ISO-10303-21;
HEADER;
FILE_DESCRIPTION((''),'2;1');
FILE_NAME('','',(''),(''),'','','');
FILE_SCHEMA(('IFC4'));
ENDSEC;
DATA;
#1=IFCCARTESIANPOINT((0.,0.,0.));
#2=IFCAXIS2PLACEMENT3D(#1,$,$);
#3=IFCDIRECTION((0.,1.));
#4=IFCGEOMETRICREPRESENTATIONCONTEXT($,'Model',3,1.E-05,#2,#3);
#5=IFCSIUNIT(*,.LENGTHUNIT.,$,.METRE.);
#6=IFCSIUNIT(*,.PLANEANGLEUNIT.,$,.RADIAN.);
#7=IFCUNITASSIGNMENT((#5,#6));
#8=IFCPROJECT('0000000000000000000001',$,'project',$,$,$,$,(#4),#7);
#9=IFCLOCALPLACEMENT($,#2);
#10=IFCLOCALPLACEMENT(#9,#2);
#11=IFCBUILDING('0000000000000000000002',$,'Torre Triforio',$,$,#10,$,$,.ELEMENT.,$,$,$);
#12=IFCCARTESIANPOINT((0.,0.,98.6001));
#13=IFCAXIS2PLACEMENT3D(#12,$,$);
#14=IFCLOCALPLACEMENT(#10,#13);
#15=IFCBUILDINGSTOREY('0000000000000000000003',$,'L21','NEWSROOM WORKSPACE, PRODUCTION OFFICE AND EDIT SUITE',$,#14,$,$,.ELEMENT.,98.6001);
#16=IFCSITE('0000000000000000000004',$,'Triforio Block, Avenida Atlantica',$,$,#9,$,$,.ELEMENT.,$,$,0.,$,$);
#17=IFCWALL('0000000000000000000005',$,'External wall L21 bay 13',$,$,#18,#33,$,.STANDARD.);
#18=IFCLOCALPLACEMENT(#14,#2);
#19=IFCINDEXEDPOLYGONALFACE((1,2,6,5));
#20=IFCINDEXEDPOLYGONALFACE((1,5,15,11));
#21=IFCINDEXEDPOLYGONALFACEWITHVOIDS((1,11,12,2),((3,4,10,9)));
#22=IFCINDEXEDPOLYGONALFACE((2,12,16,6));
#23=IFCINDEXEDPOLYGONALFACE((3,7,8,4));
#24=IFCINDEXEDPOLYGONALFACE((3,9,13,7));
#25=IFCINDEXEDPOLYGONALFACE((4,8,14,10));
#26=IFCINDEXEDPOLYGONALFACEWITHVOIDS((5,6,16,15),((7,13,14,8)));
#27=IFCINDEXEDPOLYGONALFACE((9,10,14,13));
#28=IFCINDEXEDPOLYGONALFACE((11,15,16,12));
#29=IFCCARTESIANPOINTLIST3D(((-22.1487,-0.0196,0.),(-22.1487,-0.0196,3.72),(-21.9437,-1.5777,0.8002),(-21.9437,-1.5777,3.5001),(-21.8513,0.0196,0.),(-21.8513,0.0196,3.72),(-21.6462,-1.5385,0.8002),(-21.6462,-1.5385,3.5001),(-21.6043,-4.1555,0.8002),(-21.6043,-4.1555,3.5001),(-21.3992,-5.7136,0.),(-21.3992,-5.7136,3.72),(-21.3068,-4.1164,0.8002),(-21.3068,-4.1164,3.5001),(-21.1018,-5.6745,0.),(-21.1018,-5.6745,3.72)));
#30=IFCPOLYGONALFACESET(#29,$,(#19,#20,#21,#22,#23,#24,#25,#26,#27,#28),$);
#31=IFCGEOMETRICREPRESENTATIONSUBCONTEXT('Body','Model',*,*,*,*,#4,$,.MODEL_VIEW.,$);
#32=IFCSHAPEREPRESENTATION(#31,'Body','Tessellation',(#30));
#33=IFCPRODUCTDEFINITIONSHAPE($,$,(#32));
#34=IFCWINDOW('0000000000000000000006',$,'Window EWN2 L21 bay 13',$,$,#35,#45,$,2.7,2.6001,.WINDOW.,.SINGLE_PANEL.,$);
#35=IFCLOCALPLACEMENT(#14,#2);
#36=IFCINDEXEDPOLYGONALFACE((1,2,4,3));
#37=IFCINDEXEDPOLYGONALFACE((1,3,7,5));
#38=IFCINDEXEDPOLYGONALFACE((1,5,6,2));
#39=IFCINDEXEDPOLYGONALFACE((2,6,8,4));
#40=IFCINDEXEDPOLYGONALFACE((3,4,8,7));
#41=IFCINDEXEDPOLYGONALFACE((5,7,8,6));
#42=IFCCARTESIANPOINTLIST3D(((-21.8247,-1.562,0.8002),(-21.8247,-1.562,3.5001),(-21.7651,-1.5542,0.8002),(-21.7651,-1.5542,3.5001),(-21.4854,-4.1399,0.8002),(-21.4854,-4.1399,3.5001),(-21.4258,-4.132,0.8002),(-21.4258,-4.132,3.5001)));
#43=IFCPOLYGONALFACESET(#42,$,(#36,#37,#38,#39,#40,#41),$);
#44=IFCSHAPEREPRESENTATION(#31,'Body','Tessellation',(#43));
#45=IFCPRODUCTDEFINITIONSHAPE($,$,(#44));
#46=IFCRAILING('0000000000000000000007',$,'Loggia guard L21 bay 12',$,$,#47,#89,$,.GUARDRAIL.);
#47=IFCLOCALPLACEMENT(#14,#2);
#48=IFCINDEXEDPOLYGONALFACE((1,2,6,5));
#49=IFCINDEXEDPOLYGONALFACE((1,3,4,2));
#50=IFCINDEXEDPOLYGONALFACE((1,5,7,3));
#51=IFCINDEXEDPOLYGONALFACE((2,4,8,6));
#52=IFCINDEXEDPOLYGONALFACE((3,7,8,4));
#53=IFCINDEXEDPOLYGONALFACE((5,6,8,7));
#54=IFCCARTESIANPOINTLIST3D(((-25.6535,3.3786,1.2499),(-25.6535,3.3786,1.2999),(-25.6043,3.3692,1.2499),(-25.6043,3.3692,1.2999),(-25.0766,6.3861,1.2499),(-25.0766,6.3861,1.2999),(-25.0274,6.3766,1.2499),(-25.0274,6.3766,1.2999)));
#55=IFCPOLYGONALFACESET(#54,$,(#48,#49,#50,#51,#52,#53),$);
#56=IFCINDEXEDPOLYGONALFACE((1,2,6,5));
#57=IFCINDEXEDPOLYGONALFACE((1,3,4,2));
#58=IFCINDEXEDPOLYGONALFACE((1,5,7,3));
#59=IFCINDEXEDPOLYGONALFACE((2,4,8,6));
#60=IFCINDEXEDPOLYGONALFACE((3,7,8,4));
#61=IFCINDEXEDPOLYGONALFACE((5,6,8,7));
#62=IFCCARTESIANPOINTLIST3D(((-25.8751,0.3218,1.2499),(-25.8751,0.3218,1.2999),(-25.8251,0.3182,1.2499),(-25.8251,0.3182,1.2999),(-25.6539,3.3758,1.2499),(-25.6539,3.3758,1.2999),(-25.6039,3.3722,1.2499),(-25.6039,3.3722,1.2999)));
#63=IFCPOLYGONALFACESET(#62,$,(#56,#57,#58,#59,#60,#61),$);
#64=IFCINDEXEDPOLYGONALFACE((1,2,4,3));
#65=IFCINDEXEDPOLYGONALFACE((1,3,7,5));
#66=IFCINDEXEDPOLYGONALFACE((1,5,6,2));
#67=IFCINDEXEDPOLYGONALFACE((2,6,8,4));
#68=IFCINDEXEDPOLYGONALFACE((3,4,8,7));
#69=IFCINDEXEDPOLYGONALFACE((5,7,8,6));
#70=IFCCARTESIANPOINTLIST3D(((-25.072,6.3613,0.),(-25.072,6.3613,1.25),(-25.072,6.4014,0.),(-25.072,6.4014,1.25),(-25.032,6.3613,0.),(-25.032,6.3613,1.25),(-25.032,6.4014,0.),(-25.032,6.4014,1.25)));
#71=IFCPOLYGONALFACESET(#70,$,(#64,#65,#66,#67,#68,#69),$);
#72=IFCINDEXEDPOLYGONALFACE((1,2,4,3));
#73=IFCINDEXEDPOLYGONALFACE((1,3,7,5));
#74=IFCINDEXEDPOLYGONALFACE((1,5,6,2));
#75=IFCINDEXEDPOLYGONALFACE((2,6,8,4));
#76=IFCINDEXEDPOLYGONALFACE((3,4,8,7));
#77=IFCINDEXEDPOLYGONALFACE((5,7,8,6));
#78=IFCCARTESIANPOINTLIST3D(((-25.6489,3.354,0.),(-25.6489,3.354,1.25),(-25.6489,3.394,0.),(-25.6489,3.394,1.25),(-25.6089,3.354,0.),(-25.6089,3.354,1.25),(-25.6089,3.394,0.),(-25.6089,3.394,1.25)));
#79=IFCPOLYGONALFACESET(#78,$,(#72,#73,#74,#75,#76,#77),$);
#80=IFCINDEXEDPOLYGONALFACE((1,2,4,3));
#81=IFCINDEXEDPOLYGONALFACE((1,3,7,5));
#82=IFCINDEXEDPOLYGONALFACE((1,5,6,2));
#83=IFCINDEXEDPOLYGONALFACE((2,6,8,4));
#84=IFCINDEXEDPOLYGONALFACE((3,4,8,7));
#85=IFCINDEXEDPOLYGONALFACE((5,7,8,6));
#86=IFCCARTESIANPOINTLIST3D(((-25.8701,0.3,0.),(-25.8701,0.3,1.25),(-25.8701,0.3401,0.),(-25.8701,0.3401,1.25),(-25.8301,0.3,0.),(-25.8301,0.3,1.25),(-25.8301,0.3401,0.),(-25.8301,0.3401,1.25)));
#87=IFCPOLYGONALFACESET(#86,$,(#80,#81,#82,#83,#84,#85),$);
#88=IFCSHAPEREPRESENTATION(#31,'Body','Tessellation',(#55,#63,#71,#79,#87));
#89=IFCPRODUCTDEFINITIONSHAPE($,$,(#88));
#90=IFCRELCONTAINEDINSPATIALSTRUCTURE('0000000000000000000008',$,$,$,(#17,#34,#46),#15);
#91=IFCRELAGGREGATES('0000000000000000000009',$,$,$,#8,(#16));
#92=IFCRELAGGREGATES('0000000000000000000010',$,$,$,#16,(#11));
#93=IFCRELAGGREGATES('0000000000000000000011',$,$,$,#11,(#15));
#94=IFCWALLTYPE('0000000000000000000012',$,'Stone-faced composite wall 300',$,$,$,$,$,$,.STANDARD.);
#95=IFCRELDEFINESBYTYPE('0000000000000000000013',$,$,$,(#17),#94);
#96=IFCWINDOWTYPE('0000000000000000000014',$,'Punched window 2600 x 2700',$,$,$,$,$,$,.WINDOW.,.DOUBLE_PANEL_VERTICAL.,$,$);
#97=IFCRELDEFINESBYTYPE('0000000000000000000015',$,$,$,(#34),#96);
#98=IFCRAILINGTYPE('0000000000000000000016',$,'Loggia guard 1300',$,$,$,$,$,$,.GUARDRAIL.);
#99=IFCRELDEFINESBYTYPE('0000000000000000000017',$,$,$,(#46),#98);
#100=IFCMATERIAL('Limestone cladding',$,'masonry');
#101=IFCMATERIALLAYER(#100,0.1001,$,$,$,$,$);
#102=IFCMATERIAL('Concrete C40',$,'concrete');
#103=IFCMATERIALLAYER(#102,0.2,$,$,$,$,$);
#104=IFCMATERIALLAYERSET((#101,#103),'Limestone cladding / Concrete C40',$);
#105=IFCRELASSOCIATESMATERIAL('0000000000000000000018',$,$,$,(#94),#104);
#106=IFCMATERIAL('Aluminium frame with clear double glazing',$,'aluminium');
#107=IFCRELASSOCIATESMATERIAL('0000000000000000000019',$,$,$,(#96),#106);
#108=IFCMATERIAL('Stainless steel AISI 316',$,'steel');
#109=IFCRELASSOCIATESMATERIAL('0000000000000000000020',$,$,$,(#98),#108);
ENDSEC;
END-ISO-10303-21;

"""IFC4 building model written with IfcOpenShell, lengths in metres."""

from ifc_helpers import new_model, si_unit, direction, frame, frame_2d, origin, origin_2d, place, context, subcontext, project, spatial, rectangle, extrude, material, layer, layer_set, type_object, element, fill, save


model = new_model("IFC4")

# Units and contexts
model_context = context("Model", 3, precision=1e-05, world=origin(), true_north=direction((0.0, 1.0)))
body_context = subcontext(model_context, "Body", "Model", "MODEL_VIEW")
ifc_project = project(units=[si_unit("LENGTHUNIT", "METRE"), si_unit("PLANEANGLEUNIT", "RADIAN")], contexts=[model_context])

# Site, building, storey
site_placement = place(None, origin())
site = spatial("IfcSite", under=ifc_project, at=site_placement, Name="Triforio Block, Avenida Atlantica", CompositionType="ELEMENT", RefElevation=0.0)
building_placement = place(site_placement, origin())
building = spatial("IfcBuilding", under=site, at=building_placement, Name="Torre Triforio", CompositionType="ELEMENT")
storey_placement = place(building_placement, frame((0.0, 0.0, 98.6001)))
storey = spatial("IfcBuildingStorey", under=building, at=storey_placement, Name="L21", Description="NEWSROOM WORKSPACE, PRODUCTION OFFICE AND EDIT SUITE", CompositionType="ELEMENT", Elevation=98.6001)

# Shared definitions
ifc_material_1 = material(Name="Limestone cladding", Category="masonry")
ifc_layer_1 = layer(ifc_material_1, 0.1001)
ifc_material_2 = material(Name="Concrete C40", Category="concrete")
ifc_layer_2 = layer(ifc_material_2, 0.2)
ifc_layer_set_1 = layer_set([ifc_layer_1, ifc_layer_2], Name="Limestone cladding / Concrete C40")
wall_type_1 = type_object("IfcWallType", Name="Stone-faced composite wall 300", PredefinedType="STANDARD", material=ifc_layer_set_1)
ifc_material_3 = material(Name="Aluminium frame with clear double glazing", Category="aluminium")

# Wall, opening, window
wall_1_placement = place(storey_placement, frame((-22.0, 0.0, 0.0), z_axis=(0.0, 0.0, 1.0), x_axis=(0.130504, -0.991448, 0.0)))
wall_1 = element("IfcWall", 1, at=wall_1_placement, inside=storey, type_object=wall_type_1, Name="External wall L21 bay 13", PredefinedType="STANDARD", context=body_context, shape_type="SweptSolid", body=[
    extrude(rectangle(XDim=5.7432, YDim=0.3, at=frame_2d((2.8716, 0.0))), origin(), (0.0, 0.0, 1.0), 3.72),
])
opening_1_placement = place(wall_1_placement, frame((1.5715, 0.0, 0.8)))
opening_1 = element("IfcOpeningElement", 2, at=opening_1_placement, cuts=wall_1, PredefinedType="OPENING", context=body_context, shape_type="SweptSolid", body=[
    extrude(rectangle(XDim=2.6001, YDim=2.7, at=frame_2d((1.3, 1.3501))), frame((0.0, 0.1599, 0.0), z_axis=(0.0, -1.0, 0.0), x_axis=(1.0, 0.0, 0.0)), (0.0, 0.0, 1.0), 0.3201),
])
window_type_1 = type_object("IfcWindowType", Name="Punched window 2600 x 2700", PartitioningType="DOUBLE_PANEL_VERTICAL", PredefinedType="WINDOW", material=ifc_material_3)
window_1_placement = place(opening_1_placement, origin())
window_1 = element("IfcWindow", 3, at=window_1_placement, inside=storey, type_object=window_type_1, Name="Window EWN2 L21 bay 13", OverallHeight=2.7, OverallWidth=2.6001, PartitioningType="SINGLE_PANEL", PredefinedType="WINDOW", context=body_context, shape_type="SweptSolid", body=[
    extrude(rectangle(XDim=2.6001, YDim=2.7, at=frame_2d((1.3, 1.3501))), frame((0.0, 0.03, 0.0), z_axis=(0.0, -1.0, 0.0), x_axis=(1.0, 0.0, 0.0)), (0.0, 0.0, 1.0), 0.0601),
])
fill(opening_1, window_1)

# Railing
ifc_material_4 = material(Name="Stainless steel AISI 316", Category="steel")
railing_type = type_object("IfcRailingType", Name="Loggia guard 1300", PredefinedType="GUARDRAIL", material=ifc_material_4)
railing_placement = place(storey_placement, frame((-25.052, 6.3813, 0.0)))
element("IfcRailing", 4, at=railing_placement, inside=storey, type_object=railing_type, Name="Loggia guard L21 bay 12", PredefinedType="GUARDRAIL", context=body_context, shape_type="SweptSolid", body=[
    extrude(rectangle(XDim=0.05, YDim=0.05, at=origin_2d()), frame((0.0, 0.0, 1.2749), z_axis=(-0.188398, -0.982093, 0.0), x_axis=(0.982093, -0.188398, 0.0)), (0.0, 0.0, 1.0), 3.0623),
    extrude(rectangle(XDim=0.05, YDim=0.05, at=origin_2d()), frame((-0.5769, -3.0073, 1.2749), z_axis=(-0.072239, -0.997387, 0.0), x_axis=(0.997387, -0.072239, 0.0)), (0.0, 0.0, 1.0), 3.062),
    extrude(rectangle(XDim=0.04, YDim=0.04, at=origin_2d()), origin(), (0.0, 0.0, 1.0), 1.25),
    extrude(rectangle(XDim=0.04, YDim=0.04, at=origin_2d()), frame((-0.5769, -3.0073, 0.0)), (0.0, 0.0, 1.0), 1.25),
    extrude(rectangle(XDim=0.04, YDim=0.04, at=origin_2d()), frame((-0.7981, -6.0613, 0.0)), (0.0, 0.0, 1.0), 1.25),
])

save(model, "model.ifc")
